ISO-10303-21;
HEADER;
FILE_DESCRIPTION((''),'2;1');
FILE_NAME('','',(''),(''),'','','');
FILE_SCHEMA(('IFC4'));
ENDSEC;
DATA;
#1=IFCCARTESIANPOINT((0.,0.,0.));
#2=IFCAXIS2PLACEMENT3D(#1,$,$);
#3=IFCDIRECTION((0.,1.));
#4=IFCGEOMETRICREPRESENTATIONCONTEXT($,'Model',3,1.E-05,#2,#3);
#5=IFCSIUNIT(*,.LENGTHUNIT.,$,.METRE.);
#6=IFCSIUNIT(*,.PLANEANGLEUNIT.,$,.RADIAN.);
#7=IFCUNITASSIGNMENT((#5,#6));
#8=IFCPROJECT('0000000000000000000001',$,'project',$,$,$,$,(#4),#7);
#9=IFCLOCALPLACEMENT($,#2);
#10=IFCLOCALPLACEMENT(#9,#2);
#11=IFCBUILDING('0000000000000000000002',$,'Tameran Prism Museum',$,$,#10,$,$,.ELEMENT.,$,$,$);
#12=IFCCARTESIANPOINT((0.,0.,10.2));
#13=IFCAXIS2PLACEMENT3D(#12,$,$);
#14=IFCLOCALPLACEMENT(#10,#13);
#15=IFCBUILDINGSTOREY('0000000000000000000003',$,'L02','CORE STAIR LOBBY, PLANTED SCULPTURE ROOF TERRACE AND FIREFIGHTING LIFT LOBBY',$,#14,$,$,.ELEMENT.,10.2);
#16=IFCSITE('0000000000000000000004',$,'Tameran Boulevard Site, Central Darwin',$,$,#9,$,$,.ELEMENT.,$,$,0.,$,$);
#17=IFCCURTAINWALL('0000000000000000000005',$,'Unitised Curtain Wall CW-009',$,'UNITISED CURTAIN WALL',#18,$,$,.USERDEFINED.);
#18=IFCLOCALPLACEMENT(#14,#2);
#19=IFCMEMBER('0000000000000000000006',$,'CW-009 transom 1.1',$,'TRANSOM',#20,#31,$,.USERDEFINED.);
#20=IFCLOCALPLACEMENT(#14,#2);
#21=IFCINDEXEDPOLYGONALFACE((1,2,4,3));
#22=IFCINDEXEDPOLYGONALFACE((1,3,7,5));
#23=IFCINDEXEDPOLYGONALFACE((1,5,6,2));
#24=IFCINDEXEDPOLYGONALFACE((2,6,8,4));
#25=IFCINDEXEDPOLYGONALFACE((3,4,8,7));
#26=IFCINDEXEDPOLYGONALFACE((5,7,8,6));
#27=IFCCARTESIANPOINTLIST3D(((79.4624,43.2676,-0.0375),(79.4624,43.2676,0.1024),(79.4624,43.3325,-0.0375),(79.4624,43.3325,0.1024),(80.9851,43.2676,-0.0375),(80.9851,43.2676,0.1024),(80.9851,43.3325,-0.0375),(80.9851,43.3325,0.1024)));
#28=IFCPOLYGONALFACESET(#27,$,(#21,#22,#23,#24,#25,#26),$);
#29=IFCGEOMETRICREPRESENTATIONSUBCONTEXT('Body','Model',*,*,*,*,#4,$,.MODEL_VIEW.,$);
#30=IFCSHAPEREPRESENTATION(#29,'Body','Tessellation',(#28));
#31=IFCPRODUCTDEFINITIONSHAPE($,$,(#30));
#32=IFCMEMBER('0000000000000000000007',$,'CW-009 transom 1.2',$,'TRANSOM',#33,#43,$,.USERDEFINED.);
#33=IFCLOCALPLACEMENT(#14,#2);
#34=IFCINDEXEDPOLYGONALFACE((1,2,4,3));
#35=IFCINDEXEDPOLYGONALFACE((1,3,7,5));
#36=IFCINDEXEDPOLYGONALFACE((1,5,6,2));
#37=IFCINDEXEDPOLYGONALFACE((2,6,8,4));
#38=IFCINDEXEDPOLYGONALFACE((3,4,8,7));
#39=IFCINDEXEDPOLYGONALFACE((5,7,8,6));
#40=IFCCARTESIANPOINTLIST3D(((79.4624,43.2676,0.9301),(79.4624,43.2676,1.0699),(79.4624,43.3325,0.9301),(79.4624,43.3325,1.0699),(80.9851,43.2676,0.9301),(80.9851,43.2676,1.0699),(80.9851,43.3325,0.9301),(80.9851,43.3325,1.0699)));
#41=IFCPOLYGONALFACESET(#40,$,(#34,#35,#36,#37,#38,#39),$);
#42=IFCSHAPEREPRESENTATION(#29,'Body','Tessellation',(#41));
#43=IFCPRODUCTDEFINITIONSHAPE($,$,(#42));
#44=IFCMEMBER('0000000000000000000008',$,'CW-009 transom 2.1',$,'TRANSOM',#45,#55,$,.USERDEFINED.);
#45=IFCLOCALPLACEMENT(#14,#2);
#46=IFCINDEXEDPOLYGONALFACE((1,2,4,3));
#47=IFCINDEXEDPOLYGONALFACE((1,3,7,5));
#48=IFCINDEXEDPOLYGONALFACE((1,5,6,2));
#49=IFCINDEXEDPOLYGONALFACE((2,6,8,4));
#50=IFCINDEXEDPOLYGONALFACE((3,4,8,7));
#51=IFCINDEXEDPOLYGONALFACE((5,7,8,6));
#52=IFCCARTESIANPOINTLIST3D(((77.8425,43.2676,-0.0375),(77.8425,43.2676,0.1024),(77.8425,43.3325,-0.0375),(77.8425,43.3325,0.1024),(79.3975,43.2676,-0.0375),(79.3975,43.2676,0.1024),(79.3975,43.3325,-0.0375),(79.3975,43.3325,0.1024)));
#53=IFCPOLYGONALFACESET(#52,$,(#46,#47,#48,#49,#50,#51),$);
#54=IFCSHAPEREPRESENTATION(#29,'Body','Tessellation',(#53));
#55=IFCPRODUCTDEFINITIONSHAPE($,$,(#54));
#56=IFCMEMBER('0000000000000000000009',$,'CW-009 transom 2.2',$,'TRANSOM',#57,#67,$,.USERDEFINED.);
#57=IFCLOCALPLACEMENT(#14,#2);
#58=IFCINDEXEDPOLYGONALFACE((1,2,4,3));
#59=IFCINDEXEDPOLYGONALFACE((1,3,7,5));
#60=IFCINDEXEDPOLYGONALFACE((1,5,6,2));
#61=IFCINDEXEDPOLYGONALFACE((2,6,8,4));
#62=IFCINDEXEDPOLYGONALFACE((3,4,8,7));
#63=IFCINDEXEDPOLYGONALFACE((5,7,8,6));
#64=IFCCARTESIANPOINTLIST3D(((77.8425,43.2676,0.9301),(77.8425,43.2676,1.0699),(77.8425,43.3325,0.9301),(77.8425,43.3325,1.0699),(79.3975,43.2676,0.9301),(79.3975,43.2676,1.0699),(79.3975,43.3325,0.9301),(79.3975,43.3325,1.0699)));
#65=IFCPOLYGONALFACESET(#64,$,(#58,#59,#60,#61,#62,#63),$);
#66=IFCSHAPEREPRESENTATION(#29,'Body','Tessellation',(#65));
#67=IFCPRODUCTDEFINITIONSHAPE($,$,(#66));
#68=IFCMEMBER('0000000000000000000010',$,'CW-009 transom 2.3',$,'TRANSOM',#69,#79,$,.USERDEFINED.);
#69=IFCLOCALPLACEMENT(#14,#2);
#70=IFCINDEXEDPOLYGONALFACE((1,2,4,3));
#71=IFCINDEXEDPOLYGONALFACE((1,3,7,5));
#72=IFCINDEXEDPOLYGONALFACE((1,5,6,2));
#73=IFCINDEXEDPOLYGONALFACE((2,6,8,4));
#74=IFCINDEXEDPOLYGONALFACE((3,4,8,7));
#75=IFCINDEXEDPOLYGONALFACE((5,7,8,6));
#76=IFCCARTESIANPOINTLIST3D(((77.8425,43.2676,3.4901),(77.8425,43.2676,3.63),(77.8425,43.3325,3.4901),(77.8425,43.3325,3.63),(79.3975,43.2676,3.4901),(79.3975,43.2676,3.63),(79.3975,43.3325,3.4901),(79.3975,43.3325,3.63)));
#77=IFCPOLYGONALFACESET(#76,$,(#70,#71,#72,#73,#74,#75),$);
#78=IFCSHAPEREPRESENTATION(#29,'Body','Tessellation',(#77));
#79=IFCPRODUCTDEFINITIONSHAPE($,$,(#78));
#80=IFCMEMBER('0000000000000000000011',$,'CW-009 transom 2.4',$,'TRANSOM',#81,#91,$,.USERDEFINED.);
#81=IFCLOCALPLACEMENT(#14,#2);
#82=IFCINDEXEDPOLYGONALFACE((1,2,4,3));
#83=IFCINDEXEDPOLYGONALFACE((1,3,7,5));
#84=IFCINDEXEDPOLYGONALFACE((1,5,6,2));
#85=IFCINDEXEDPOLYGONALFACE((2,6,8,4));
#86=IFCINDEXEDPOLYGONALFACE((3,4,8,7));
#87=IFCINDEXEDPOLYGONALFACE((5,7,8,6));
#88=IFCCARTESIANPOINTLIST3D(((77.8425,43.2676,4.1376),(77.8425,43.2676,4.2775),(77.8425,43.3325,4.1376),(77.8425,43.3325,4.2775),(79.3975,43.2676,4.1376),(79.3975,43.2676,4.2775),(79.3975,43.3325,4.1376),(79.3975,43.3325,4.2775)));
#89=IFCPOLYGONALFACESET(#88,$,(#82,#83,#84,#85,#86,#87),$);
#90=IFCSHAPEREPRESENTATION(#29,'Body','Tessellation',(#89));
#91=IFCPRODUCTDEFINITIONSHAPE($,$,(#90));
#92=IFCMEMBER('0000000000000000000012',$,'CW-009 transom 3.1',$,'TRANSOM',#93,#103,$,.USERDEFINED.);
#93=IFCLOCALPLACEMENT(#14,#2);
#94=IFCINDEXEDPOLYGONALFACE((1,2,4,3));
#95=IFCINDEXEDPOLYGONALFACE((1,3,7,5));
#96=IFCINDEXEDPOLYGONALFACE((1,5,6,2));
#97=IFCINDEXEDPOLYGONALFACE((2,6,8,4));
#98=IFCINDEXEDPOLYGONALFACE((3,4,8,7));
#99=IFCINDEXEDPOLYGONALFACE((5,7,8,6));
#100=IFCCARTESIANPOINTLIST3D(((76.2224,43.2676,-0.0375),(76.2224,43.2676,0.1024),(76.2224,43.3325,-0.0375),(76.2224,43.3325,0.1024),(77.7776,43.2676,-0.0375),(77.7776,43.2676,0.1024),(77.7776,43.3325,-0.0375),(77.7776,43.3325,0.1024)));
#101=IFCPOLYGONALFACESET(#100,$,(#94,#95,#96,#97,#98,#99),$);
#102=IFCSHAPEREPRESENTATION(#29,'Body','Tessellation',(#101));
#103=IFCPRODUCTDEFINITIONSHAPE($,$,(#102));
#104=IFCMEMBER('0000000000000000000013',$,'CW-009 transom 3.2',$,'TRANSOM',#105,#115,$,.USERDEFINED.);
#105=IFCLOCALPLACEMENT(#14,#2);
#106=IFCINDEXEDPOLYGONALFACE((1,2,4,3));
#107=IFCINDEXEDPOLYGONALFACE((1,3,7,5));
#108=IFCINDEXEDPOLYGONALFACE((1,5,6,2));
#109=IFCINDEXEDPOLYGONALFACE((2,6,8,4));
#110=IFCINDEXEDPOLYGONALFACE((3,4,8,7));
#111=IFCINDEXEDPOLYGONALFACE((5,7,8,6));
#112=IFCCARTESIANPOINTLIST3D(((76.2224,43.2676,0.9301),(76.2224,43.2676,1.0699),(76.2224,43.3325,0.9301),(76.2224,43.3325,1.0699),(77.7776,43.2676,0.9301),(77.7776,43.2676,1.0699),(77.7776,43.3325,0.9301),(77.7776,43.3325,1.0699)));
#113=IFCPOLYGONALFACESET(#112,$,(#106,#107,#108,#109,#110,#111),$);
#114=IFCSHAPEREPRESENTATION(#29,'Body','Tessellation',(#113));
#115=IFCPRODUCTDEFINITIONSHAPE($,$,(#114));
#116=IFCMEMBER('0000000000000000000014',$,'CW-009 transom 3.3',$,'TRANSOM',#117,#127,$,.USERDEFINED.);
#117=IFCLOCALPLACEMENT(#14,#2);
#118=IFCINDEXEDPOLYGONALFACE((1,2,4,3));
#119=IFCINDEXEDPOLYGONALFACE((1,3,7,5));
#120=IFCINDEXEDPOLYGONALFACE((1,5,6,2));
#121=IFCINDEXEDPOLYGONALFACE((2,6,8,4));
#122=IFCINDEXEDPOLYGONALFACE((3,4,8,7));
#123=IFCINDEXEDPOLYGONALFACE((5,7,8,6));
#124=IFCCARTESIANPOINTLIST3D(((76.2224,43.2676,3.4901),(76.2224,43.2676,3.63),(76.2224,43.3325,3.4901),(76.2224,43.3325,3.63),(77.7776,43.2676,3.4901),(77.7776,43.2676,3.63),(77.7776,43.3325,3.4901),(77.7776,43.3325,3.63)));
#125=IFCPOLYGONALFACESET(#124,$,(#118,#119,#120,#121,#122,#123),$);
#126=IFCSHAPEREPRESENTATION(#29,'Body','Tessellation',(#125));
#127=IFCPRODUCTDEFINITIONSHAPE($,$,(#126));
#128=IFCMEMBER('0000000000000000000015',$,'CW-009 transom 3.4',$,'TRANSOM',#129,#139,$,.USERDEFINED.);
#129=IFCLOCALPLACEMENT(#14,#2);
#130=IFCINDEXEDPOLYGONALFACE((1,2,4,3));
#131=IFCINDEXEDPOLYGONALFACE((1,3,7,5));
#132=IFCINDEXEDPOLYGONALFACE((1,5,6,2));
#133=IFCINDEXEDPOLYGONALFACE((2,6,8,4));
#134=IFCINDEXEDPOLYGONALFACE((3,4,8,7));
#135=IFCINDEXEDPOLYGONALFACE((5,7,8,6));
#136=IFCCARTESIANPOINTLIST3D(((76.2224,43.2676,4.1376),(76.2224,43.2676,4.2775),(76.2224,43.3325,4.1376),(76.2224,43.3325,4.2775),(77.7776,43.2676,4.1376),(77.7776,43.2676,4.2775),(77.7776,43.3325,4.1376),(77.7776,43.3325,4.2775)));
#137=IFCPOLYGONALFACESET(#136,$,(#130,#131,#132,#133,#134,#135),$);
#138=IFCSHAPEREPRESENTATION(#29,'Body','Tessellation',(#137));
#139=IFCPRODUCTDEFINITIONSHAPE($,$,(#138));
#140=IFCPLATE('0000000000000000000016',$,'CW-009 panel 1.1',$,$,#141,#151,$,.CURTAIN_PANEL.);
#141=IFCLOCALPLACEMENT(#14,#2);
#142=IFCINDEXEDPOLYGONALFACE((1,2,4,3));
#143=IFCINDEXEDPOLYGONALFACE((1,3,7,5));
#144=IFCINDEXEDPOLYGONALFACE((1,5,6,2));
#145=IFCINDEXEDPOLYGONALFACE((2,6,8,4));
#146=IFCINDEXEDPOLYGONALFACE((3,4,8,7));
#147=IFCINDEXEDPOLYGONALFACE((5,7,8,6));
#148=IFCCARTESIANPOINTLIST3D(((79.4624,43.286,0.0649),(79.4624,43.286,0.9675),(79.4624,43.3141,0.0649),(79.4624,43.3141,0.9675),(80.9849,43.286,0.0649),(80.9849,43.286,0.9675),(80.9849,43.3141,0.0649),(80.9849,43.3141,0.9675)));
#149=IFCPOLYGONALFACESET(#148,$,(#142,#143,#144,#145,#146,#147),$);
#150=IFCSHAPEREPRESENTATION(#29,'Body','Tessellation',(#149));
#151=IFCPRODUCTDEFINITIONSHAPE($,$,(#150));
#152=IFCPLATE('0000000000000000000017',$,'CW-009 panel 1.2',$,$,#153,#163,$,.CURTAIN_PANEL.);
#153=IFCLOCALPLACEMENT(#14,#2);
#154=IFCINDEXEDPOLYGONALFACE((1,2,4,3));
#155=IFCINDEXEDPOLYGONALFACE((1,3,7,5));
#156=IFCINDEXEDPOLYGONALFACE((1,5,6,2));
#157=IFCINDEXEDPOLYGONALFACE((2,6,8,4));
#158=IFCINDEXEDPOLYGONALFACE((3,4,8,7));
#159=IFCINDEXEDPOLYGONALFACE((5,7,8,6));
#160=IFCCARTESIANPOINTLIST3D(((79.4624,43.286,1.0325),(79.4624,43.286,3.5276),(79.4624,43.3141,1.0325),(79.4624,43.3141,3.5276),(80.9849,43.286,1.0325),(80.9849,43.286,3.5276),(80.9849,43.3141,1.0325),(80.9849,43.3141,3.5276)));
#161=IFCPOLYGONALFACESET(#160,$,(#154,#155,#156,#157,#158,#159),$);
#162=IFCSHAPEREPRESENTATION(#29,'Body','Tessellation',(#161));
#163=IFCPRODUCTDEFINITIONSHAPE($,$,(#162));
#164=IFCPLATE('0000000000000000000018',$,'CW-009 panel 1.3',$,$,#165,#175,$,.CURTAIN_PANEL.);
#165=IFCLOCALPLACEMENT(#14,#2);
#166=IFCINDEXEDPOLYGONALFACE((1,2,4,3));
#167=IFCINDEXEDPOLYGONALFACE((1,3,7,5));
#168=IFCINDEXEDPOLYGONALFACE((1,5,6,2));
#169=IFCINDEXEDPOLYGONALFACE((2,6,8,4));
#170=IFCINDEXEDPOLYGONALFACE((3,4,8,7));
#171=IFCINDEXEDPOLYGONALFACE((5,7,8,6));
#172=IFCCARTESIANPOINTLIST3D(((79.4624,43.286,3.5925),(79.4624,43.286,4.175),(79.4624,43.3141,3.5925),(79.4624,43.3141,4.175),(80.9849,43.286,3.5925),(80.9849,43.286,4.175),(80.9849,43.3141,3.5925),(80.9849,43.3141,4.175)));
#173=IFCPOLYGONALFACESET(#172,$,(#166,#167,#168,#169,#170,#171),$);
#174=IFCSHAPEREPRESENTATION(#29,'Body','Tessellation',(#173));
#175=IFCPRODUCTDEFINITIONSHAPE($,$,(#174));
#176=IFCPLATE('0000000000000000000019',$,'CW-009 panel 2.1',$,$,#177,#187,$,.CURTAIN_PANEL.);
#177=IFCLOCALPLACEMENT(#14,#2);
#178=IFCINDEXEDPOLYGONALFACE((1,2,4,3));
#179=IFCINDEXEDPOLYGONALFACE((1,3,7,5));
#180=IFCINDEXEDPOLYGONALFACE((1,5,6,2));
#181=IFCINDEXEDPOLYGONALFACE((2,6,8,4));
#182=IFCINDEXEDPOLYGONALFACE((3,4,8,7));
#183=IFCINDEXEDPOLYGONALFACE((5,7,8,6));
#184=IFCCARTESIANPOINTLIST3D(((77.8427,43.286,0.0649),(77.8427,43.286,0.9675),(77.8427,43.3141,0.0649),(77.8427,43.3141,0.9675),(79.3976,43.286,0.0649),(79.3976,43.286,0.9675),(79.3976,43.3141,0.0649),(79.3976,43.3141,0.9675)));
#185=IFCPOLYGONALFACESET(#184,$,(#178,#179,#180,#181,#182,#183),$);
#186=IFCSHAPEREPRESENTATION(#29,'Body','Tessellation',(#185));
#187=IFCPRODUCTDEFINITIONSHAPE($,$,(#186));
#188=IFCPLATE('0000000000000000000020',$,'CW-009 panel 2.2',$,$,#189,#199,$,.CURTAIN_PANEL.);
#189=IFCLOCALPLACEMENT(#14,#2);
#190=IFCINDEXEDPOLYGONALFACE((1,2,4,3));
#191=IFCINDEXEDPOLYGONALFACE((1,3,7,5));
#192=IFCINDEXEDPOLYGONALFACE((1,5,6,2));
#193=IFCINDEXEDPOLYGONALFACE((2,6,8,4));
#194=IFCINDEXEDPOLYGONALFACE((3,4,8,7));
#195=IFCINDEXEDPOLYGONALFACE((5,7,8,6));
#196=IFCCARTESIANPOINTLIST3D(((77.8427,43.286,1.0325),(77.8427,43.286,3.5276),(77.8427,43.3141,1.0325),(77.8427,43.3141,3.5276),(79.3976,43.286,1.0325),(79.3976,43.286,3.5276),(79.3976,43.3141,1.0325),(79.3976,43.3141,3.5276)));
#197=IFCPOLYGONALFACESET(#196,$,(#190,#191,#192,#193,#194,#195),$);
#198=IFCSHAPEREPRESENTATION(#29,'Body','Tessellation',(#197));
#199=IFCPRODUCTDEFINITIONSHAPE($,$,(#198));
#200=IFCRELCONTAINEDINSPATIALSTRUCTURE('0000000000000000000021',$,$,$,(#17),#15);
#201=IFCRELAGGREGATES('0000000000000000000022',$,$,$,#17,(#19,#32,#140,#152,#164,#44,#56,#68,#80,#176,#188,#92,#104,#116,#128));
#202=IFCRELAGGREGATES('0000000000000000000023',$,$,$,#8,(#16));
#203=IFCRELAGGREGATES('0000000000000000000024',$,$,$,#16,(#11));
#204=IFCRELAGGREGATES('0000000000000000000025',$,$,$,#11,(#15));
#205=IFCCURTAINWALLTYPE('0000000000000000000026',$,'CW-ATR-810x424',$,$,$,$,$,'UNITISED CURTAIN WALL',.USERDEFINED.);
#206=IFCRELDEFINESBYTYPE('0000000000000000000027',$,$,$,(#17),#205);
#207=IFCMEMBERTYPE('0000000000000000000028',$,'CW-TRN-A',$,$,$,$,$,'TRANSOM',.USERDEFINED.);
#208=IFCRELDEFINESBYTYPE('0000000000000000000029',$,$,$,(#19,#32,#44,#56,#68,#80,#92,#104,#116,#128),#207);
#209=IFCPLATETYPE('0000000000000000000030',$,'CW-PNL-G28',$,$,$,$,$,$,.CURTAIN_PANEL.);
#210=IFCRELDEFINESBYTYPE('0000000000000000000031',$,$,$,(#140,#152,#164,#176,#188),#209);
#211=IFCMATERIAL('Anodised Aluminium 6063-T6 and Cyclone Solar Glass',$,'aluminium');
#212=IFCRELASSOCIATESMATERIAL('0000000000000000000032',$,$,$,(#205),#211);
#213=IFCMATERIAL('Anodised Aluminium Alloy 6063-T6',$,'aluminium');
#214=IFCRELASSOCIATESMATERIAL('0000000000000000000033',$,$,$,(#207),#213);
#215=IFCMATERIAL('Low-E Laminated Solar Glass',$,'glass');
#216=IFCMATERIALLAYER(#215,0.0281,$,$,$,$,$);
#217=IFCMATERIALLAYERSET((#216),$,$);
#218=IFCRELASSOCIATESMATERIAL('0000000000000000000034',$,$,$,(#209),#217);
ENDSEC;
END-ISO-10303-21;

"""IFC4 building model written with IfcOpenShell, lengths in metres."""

from ifc_helpers import new_model, si_unit, direction, frame, origin, origin_2d, place, context, subcontext, project, spatial, rectangle, extrude, material, layer, layer_set, material_profile, profile_set, type_object, element, aggregate, save


model = new_model("IFC4")

# Units and contexts
model_context = context("Model", 3, precision=1e-05, world=origin(), true_north=direction((0.0, 1.0)))
body_context = subcontext(model_context, "Body", "Model", "MODEL_VIEW")
ifc_project = project(units=[si_unit("LENGTHUNIT", "METRE"), si_unit("PLANEANGLEUNIT", "RADIAN")], contexts=[model_context])

# Site, building, storey
site_placement = place(None, origin())
site = spatial("IfcSite", under=ifc_project, at=site_placement, Name="Tameran Boulevard Site, Central Darwin", CompositionType="ELEMENT", RefElevation=0.0)
building_placement = place(site_placement, origin())
building = spatial("IfcBuilding", under=site, at=building_placement, Name="Tameran Prism Museum", CompositionType="ELEMENT")
storey_placement = place(building_placement, frame((0.0, 0.0, 10.2)))
storey = spatial("IfcBuildingStorey", under=building, at=storey_placement, Name="L02", Description="CORE STAIR LOBBY, PLANTED SCULPTURE ROOF TERRACE AND FIREFIGHTING LIFT LOBBY", CompositionType="ELEMENT", Elevation=10.2)

# Curtain wall
ifc_material_1 = material(Name="Anodised Aluminium 6063-T6 and Cyclone Solar Glass", Category="aluminium")
curtain_wall_type_1 = type_object("IfcCurtainWallType", Name="CW-ATR-810x424", ElementType="UNITISED CURTAIN WALL", PredefinedType="USERDEFINED", material=ifc_material_1)
curtain_wall_1_placement = place(storey_placement, origin())
curtain_wall_1 = element("IfcCurtainWall", 1, at=curtain_wall_1_placement, inside=storey, type_object=curtain_wall_type_1, Name="Unitised Curtain Wall CW-009", ObjectType="UNITISED CURTAIN WALL", PredefinedType="USERDEFINED")

# Members
ifc_material_2 = material(Name="Anodised Aluminium Alloy 6063-T6", Category="aluminium")
ifc_material_profile_1 = material_profile(ifc_material_2, rectangle(XDim=0.0649, YDim=0.1399, at=origin_2d()))
ifc_profile_set_1 = profile_set([ifc_material_profile_1])
member_type_1 = type_object("IfcMemberType", Name="CW-TRN-A", ElementType="TRANSOM", PredefinedType="USERDEFINED", material=ifc_profile_set_1)
member_1_placement = place(storey_placement, frame((80.9851, 43.3, 0.0325), z_axis=(-1.0, 0.0, 0.0), x_axis=(0.0, -1.0, 0.0)))
member_1 = element("IfcMember", 2, at=member_1_placement, type_object=member_type_1, Name="CW-009 transom 1.1", ObjectType="TRANSOM", PredefinedType="USERDEFINED", context=body_context, shape_type="SweptSolid", body=[
    extrude(rectangle(XDim=0.0649, YDim=0.1399, at=origin_2d()), origin(), (0.0, 0.0, 1.0), 1.5227),
])
member_2_placement = place(storey_placement, frame((80.9851, 43.3, 1.0), z_axis=(-1.0, 0.0, 0.0), x_axis=(0.0, -1.0, 0.0)))
member_2 = element("IfcMember", 3, at=member_2_placement, type_object=member_type_1, Name="CW-009 transom 1.2", ObjectType="TRANSOM", PredefinedType="USERDEFINED", context=body_context, shape_type="SweptSolid", body=[
    extrude(rectangle(XDim=0.0649, YDim=0.1399, at=origin_2d()), origin(), (0.0, 0.0, 1.0), 1.5227),
])
member_3_placement = place(storey_placement, frame((79.3975, 43.3, 0.0325), z_axis=(-1.0, 0.0, 0.0), x_axis=(0.0, -1.0, 0.0)))
member_3 = element("IfcMember", 4, at=member_3_placement, type_object=member_type_1, Name="CW-009 transom 2.1", ObjectType="TRANSOM", PredefinedType="USERDEFINED", context=body_context, shape_type="SweptSolid", body=[
    extrude(rectangle(XDim=0.0649, YDim=0.1399, at=origin_2d()), origin(), (0.0, 0.0, 1.0), 1.5549),
])
member_4_placement = place(storey_placement, frame((79.3975, 43.3, 1.0), z_axis=(-1.0, 0.0, 0.0), x_axis=(0.0, -1.0, 0.0)))
member_4 = element("IfcMember", 5, at=member_4_placement, type_object=member_type_1, Name="CW-009 transom 2.2", ObjectType="TRANSOM", PredefinedType="USERDEFINED", context=body_context, shape_type="SweptSolid", body=[
    extrude(rectangle(XDim=0.0649, YDim=0.1399, at=origin_2d()), origin(), (0.0, 0.0, 1.0), 1.5549),
])
member_5_placement = place(storey_placement, frame((79.3975, 43.3, 3.5601), z_axis=(-1.0, 0.0, 0.0), x_axis=(0.0, -1.0, 0.0)))
member_5 = element("IfcMember", 6, at=member_5_placement, type_object=member_type_1, Name="CW-009 transom 2.3", ObjectType="TRANSOM", PredefinedType="USERDEFINED", context=body_context, shape_type="SweptSolid", body=[
    extrude(rectangle(XDim=0.0649, YDim=0.1399, at=origin_2d()), origin(), (0.0, 0.0, 1.0), 1.5549),
])
member_6_placement = place(storey_placement, frame((79.3975, 43.3, 4.2075), z_axis=(-1.0, 0.0, 0.0), x_axis=(0.0, -1.0, 0.0)))
member_6 = element("IfcMember", 7, at=member_6_placement, type_object=member_type_1, Name="CW-009 transom 2.4", ObjectType="TRANSOM", PredefinedType="USERDEFINED", context=body_context, shape_type="SweptSolid", body=[
    extrude(rectangle(XDim=0.0649, YDim=0.1399, at=origin_2d()), origin(), (0.0, 0.0, 1.0), 1.5549),
])
member_7_placement = place(storey_placement, frame((77.7776, 43.3, 0.0325), z_axis=(-1.0, 0.0, 0.0), x_axis=(0.0, -1.0, 0.0)))
member_7 = element("IfcMember", 8, at=member_7_placement, type_object=member_type_1, Name="CW-009 transom 3.1", ObjectType="TRANSOM", PredefinedType="USERDEFINED", context=body_context, shape_type="SweptSolid", body=[
    extrude(rectangle(XDim=0.0649, YDim=0.1399, at=origin_2d()), origin(), (0.0, 0.0, 1.0), 1.5552),
])
member_8_placement = place(storey_placement, frame((77.7776, 43.3, 1.0), z_axis=(-1.0, 0.0, 0.0), x_axis=(0.0, -1.0, 0.0)))
member_8 = element("IfcMember", 9, at=member_8_placement, type_object=member_type_1, Name="CW-009 transom 3.2", ObjectType="TRANSOM", PredefinedType="USERDEFINED", context=body_context, shape_type="SweptSolid", body=[
    extrude(rectangle(XDim=0.0649, YDim=0.1399, at=origin_2d()), origin(), (0.0, 0.0, 1.0), 1.5552),
])
member_9_placement = place(storey_placement, frame((77.7776, 43.3, 3.5601), z_axis=(-1.0, 0.0, 0.0), x_axis=(0.0, -1.0, 0.0)))
member_9 = element("IfcMember", 10, at=member_9_placement, type_object=member_type_1, Name="CW-009 transom 3.3", ObjectType="TRANSOM", PredefinedType="USERDEFINED", context=body_context, shape_type="SweptSolid", body=[
    extrude(rectangle(XDim=0.0649, YDim=0.1399, at=origin_2d()), origin(), (0.0, 0.0, 1.0), 1.5552),
])
member_10_placement = place(storey_placement, frame((77.7776, 43.3, 4.2075), z_axis=(-1.0, 0.0, 0.0), x_axis=(0.0, -1.0, 0.0)))
member_10 = element("IfcMember", 11, at=member_10_placement, type_object=member_type_1, Name="CW-009 transom 3.4", ObjectType="TRANSOM", PredefinedType="USERDEFINED", context=body_context, shape_type="SweptSolid", body=[
    extrude(rectangle(XDim=0.0649, YDim=0.1399, at=origin_2d()), origin(), (0.0, 0.0, 1.0), 1.5552),
])

# Plates
ifc_material_3 = material(Name="Low-E Laminated Solar Glass", Category="glass")
ifc_layer_1 = layer(ifc_material_3, 0.0281)
ifc_layer_set_1 = layer_set([ifc_layer_1])
plate_type = type_object("IfcPlateType", Name="CW-PNL-G28", PredefinedType="CURTAIN_PANEL", material=ifc_layer_set_1)
plate_1_placement = place(storey_placement, frame((80.2236, 43.3, 0.0649), z_axis=(0.0, 0.0, 1.0), x_axis=(-1.0, 0.0, 0.0)))
plate_1 = element("IfcPlate", 12, at=plate_1_placement, type_object=plate_type, Name="CW-009 panel 1.1", PredefinedType="CURTAIN_PANEL", context=body_context, shape_type="SweptSolid", body=[
    extrude(rectangle(XDim=1.5225, YDim=0.0281, at=origin_2d()), origin(), (0.0, 0.0, 1.0), 0.9026),
])
plate_2_placement = place(storey_placement, frame((80.2236, 43.3, 1.0325), z_axis=(0.0, 0.0, 1.0), x_axis=(-1.0, 0.0, 0.0)))
plate_2 = element("IfcPlate", 13, at=plate_2_placement, type_object=plate_type, Name="CW-009 panel 1.2", PredefinedType="CURTAIN_PANEL", context=body_context, shape_type="SweptSolid", body=[
    extrude(rectangle(XDim=1.5225, YDim=0.0281, at=origin_2d()), origin(), (0.0, 0.0, 1.0), 2.4951),
])
plate_3_placement = place(storey_placement, frame((80.2236, 43.3, 3.5925), z_axis=(0.0, 0.0, 1.0), x_axis=(-1.0, 0.0, 0.0)))
plate_3 = element("IfcPlate", 14, at=plate_3_placement, type_object=plate_type, Name="CW-009 panel 1.3", PredefinedType="CURTAIN_PANEL", context=body_context, shape_type="SweptSolid", body=[
    extrude(rectangle(XDim=1.5225, YDim=0.0281, at=origin_2d()), origin(), (0.0, 0.0, 1.0), 0.5825),
])
plate_4_placement = place(storey_placement, frame((78.6201, 43.3, 0.0649), z_axis=(0.0, 0.0, 1.0), x_axis=(-1.0, 0.0, 0.0)))
plate_4 = element("IfcPlate", 15, at=plate_4_placement, type_object=plate_type, Name="CW-009 panel 2.1", PredefinedType="CURTAIN_PANEL", context=body_context, shape_type="SweptSolid", body=[
    extrude(rectangle(XDim=1.5549, YDim=0.0281, at=origin_2d()), origin(), (0.0, 0.0, 1.0), 0.9026),
])
plate_5_placement = place(storey_placement, frame((78.6201, 43.3, 1.0325), z_axis=(0.0, 0.0, 1.0), x_axis=(-1.0, 0.0, 0.0)))
plate_5 = element("IfcPlate", 16, at=plate_5_placement, type_object=plate_type, Name="CW-009 panel 2.2", PredefinedType="CURTAIN_PANEL", context=body_context, shape_type="SweptSolid", body=[
    extrude(rectangle(XDim=1.5549, YDim=0.0281, at=origin_2d()), origin(), (0.0, 0.0, 1.0), 2.4951),
])
aggregate(curtain_wall_1, [member_1, member_2, plate_1, plate_2, plate_3, member_3, member_4, member_5, member_6, plate_4, plate_5, member_7, member_8, member_9, member_10])

save(model, "model.ifc")
